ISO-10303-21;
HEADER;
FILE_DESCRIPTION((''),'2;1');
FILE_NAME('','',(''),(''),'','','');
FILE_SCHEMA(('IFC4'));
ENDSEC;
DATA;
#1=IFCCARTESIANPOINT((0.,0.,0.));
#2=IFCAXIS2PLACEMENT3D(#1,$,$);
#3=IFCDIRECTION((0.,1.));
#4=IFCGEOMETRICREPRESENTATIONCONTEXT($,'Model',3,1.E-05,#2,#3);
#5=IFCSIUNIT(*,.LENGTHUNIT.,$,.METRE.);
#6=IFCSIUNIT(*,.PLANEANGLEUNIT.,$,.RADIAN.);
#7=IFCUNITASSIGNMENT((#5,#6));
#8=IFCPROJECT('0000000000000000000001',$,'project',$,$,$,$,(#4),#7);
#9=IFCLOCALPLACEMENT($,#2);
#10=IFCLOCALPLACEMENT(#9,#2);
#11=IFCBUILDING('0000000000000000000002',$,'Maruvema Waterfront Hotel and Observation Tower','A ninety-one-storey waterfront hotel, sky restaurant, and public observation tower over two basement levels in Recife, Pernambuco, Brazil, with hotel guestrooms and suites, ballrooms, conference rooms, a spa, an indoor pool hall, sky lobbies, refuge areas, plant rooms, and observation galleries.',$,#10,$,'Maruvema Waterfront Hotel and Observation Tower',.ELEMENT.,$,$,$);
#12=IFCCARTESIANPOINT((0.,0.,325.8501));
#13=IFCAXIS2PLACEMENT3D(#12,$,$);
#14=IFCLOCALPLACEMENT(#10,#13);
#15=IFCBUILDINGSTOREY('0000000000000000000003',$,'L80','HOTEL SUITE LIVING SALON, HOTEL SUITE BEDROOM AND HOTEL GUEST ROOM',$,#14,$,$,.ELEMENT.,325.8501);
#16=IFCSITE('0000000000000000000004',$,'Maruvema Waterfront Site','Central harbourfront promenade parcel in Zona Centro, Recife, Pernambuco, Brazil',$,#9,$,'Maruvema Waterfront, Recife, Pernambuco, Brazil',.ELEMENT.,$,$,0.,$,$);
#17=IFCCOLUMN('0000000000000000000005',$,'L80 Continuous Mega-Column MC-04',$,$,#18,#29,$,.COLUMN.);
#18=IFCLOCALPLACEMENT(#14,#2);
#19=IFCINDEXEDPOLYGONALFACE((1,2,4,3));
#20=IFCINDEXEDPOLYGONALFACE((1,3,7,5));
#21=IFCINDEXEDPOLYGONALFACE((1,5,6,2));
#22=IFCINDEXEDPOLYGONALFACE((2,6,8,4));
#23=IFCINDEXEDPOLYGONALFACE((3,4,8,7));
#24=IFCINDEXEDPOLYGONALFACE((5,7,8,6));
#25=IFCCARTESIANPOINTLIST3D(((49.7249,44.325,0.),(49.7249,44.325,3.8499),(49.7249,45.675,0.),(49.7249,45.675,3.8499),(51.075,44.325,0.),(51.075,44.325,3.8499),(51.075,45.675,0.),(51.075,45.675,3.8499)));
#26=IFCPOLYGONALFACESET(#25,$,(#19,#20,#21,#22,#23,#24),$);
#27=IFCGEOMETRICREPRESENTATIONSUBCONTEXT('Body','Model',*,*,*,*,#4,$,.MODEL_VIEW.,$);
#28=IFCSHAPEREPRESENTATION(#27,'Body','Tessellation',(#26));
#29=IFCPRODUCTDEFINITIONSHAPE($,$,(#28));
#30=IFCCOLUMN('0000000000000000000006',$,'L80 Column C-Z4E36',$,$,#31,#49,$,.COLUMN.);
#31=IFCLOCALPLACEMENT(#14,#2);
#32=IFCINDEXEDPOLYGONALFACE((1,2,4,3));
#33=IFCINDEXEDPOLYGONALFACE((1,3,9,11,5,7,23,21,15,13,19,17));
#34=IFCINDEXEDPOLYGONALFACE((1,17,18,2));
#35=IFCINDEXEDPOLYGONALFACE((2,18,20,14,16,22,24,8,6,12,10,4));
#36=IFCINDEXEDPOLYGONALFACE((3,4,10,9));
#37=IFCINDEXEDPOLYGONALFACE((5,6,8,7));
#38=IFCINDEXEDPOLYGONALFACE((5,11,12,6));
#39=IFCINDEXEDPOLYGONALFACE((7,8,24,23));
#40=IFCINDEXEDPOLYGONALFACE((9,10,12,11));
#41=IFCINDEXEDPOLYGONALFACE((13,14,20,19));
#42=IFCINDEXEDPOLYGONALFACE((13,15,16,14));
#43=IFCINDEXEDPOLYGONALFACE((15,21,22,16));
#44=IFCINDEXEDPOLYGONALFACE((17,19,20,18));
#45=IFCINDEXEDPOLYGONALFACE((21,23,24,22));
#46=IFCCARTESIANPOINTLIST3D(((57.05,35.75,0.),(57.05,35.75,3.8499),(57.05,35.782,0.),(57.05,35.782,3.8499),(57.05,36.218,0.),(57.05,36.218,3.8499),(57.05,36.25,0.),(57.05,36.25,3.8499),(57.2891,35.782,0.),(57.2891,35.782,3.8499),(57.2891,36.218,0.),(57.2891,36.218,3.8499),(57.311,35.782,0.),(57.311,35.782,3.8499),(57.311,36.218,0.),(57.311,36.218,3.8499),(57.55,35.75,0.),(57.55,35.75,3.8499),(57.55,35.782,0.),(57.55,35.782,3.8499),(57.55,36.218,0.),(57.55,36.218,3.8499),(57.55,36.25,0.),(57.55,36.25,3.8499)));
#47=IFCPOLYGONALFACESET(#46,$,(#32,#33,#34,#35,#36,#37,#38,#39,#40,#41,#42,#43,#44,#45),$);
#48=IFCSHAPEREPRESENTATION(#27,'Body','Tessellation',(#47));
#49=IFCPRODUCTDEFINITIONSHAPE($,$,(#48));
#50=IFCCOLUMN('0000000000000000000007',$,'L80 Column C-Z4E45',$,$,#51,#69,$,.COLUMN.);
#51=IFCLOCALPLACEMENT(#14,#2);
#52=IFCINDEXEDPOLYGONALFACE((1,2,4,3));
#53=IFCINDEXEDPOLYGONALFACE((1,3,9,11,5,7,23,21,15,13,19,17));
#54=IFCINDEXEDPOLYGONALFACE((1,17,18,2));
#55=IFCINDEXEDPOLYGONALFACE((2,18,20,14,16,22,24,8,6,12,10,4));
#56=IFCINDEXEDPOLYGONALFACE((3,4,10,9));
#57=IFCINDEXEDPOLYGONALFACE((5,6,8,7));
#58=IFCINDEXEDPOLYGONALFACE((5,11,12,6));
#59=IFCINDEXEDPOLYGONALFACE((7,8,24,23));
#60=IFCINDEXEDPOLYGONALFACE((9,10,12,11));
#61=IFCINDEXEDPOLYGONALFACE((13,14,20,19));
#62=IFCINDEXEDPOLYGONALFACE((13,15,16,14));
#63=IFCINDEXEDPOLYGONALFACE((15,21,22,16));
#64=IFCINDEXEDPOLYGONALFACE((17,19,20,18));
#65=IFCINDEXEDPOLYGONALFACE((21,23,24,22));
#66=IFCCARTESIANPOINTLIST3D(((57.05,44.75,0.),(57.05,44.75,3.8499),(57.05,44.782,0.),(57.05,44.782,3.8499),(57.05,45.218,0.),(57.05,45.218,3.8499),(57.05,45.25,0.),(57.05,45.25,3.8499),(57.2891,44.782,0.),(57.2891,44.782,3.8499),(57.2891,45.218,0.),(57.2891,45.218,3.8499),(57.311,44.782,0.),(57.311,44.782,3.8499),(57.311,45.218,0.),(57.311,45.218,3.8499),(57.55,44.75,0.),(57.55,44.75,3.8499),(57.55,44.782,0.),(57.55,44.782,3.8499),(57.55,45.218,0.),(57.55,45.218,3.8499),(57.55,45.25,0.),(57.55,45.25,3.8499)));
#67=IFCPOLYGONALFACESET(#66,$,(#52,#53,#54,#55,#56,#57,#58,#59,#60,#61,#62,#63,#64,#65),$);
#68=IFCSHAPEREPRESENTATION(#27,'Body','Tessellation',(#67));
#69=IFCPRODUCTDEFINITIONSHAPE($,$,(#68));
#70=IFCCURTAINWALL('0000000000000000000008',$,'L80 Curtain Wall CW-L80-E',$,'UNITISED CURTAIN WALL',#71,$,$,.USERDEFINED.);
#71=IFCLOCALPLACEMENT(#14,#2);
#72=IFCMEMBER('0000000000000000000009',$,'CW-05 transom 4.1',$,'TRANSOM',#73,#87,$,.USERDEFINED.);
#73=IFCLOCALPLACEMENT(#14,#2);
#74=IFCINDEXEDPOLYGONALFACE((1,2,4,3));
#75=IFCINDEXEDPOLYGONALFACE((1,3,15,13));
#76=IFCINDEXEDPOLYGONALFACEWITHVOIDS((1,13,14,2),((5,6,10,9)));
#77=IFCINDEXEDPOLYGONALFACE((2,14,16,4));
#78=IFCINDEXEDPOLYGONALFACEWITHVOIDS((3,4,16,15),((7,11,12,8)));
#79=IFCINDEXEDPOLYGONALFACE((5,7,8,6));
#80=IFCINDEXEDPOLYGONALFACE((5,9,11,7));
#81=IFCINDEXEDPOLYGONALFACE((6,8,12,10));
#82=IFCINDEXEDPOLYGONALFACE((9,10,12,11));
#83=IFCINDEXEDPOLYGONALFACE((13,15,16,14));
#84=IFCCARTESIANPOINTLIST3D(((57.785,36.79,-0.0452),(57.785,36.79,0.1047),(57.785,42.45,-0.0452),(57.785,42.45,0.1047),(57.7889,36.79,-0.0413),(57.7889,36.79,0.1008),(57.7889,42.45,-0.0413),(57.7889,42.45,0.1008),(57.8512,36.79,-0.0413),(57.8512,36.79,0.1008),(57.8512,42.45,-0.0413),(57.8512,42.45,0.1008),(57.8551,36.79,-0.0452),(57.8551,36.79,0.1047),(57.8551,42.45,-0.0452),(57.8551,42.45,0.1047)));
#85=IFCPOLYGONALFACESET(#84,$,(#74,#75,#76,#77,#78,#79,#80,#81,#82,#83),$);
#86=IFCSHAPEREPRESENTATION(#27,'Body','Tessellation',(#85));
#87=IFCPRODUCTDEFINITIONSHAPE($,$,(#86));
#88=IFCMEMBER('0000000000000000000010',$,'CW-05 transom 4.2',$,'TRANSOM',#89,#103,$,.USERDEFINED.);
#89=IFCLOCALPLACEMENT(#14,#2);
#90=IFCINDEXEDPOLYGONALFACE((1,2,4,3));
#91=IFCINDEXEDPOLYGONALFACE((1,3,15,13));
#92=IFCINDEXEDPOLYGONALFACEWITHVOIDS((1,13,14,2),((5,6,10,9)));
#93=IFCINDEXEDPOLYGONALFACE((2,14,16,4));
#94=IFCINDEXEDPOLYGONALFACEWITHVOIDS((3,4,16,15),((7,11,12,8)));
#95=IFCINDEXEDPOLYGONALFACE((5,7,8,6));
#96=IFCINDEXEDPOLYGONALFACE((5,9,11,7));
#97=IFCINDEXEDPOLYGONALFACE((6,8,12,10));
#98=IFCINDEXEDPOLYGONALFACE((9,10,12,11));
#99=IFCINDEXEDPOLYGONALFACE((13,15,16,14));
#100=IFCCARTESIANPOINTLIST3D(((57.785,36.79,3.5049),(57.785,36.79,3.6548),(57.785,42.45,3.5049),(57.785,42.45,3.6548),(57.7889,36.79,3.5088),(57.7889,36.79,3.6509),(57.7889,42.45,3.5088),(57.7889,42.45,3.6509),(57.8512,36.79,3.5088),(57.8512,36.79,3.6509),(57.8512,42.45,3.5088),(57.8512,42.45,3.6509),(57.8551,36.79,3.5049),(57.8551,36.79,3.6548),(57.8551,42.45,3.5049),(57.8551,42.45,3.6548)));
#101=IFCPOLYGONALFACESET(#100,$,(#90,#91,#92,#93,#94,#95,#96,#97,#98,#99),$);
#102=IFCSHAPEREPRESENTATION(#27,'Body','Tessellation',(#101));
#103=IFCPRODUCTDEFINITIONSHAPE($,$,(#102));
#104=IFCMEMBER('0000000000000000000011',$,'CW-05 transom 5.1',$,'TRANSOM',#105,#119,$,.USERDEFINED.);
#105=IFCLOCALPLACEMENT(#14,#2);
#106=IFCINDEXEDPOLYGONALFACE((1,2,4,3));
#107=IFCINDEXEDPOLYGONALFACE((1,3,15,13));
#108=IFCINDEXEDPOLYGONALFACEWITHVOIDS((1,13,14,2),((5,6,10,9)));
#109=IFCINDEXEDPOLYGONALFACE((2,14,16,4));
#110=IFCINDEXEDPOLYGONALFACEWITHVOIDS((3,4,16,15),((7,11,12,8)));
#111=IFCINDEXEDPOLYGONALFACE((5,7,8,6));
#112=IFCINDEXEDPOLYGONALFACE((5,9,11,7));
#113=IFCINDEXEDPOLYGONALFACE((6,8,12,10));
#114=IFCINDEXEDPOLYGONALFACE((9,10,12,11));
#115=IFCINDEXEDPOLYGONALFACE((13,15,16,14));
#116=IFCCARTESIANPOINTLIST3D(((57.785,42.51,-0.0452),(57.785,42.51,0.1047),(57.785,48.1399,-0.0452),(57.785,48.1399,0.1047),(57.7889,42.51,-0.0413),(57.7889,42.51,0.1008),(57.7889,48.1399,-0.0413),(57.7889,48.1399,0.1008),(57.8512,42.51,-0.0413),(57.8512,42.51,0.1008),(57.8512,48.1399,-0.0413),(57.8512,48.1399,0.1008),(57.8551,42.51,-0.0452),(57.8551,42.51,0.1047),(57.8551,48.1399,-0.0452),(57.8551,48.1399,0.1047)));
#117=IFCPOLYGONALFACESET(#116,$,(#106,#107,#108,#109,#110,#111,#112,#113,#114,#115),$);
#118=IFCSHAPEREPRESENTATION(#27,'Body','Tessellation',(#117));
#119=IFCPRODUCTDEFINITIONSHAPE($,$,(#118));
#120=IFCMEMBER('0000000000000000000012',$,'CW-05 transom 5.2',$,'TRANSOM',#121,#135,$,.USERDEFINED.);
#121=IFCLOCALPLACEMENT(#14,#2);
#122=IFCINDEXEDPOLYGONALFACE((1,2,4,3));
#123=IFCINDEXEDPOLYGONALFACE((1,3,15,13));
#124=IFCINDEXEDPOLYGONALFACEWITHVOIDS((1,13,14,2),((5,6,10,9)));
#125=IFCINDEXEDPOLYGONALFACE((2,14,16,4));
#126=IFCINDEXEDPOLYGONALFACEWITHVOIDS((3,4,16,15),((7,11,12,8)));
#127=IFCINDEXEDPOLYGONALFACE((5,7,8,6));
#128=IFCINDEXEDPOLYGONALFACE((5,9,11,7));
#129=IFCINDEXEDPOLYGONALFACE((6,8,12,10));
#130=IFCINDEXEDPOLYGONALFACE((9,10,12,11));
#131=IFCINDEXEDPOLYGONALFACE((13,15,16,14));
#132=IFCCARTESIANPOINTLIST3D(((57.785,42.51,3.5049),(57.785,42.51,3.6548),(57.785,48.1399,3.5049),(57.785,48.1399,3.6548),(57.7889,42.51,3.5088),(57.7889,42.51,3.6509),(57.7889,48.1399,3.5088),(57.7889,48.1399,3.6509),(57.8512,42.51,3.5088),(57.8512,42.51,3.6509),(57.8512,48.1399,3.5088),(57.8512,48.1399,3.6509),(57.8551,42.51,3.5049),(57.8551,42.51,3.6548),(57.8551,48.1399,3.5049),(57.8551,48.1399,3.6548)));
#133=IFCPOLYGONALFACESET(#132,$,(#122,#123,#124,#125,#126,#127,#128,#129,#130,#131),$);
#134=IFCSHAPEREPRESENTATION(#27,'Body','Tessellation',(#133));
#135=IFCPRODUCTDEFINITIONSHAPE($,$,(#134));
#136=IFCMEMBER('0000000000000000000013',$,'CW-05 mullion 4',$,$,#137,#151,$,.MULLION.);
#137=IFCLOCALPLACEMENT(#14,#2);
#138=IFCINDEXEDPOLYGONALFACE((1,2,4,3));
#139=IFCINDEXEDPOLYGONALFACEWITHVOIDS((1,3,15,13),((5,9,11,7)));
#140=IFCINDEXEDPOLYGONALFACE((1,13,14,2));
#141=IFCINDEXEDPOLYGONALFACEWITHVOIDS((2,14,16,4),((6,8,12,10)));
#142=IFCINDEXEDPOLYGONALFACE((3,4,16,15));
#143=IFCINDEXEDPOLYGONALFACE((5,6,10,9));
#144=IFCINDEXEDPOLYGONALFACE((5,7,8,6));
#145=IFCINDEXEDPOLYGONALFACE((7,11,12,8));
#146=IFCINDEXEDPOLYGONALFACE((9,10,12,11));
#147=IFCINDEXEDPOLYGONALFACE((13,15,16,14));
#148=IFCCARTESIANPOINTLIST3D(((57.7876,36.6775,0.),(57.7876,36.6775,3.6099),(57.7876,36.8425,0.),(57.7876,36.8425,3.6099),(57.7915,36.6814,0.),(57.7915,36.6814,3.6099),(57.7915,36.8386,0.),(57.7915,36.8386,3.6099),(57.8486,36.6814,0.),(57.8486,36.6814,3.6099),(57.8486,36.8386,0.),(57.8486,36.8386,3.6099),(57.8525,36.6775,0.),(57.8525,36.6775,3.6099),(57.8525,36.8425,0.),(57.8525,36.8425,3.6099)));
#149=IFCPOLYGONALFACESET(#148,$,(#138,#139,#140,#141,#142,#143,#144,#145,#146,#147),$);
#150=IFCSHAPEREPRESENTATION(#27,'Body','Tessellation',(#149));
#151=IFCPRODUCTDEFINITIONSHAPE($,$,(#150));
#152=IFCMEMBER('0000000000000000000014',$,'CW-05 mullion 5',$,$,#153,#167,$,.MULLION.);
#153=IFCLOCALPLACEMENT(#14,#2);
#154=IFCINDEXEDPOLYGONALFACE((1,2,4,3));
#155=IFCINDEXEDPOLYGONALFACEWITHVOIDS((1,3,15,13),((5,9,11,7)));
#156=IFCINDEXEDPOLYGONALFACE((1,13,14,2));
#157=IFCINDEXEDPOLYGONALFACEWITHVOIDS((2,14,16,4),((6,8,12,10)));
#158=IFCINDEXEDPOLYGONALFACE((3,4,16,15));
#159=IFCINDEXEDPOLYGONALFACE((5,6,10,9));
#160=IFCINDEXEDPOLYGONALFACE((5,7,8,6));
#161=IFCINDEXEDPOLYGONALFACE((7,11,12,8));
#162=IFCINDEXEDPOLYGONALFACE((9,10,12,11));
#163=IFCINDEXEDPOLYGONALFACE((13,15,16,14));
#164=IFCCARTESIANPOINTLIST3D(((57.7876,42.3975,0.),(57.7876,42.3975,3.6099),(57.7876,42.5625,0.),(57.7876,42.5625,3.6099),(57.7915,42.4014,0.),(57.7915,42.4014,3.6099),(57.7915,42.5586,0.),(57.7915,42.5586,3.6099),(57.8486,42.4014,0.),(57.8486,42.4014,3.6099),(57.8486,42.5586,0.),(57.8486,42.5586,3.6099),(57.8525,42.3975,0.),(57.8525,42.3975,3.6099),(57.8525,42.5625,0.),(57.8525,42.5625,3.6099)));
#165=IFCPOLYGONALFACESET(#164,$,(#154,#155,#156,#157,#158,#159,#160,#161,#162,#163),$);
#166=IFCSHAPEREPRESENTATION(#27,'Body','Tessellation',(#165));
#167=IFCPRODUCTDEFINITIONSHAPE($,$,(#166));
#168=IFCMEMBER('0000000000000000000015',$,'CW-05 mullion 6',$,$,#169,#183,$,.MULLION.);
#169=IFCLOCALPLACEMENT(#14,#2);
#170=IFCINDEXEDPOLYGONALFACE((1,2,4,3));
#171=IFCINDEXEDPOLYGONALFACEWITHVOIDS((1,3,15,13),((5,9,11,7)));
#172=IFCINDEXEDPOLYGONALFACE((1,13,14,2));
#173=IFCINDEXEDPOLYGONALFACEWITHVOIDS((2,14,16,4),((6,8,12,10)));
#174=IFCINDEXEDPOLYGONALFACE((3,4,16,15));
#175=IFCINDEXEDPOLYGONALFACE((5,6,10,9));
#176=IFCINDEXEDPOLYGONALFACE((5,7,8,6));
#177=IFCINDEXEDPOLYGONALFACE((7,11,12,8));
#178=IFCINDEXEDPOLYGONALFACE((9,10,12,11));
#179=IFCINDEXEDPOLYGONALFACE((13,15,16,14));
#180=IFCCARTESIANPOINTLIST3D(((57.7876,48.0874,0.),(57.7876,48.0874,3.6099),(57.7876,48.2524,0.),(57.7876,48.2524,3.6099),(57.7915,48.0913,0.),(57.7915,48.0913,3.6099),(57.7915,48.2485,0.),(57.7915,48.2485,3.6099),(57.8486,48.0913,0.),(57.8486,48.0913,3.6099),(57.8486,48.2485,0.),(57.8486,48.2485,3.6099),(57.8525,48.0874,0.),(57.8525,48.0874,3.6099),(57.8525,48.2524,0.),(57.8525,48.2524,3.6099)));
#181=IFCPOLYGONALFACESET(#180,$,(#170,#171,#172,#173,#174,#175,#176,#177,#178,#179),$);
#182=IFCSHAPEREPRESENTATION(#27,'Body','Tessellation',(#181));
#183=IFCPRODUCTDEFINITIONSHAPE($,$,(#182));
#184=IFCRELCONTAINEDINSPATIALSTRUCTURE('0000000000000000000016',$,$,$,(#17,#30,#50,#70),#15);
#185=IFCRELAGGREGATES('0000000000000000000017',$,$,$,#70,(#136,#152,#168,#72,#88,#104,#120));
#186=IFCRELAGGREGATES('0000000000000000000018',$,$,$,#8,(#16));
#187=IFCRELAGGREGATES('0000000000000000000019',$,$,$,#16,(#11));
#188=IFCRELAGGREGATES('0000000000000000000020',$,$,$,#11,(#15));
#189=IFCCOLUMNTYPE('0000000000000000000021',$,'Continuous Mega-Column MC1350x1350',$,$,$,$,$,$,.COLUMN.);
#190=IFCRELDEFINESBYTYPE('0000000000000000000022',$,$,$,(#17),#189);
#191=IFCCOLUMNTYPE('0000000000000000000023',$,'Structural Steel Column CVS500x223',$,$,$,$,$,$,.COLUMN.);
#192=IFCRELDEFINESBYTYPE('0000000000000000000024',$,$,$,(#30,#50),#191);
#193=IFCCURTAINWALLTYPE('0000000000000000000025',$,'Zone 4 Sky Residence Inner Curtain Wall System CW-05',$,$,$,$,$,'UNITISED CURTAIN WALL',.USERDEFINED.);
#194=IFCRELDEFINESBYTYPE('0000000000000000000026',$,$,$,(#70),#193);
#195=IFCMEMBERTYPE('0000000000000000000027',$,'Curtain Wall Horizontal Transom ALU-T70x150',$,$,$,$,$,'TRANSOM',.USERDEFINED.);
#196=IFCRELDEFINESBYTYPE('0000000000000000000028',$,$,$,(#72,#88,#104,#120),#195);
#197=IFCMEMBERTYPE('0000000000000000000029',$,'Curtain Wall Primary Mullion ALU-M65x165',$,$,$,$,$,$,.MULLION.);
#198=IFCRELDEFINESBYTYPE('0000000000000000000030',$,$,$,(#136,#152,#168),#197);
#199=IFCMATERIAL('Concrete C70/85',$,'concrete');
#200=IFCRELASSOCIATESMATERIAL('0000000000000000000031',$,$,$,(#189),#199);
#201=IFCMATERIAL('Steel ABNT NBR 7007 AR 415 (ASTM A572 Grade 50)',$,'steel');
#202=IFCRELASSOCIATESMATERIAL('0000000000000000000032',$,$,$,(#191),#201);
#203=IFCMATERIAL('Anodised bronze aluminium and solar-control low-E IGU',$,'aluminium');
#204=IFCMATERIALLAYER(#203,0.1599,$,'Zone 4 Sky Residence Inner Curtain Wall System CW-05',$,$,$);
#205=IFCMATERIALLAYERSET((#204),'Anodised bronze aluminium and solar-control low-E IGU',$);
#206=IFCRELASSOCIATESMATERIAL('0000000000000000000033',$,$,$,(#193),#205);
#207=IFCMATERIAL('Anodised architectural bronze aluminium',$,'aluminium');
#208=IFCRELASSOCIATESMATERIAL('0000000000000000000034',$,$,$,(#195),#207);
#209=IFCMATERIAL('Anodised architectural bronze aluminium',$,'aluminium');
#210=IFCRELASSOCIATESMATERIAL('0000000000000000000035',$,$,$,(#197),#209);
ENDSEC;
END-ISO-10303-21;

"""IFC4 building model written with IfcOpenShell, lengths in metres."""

from ifc_helpers import new_model, si_unit, direction, frame, origin, origin_2d, place, context, subcontext, project, spatial, rectangle, hollow_rectangle, i_section, extrude, material, layer, layer_set, material_profile, profile_set, type_object, element, aggregate, save


model = new_model("IFC4")

# Units and contexts
model_context = context("Model", 3, precision=1e-05, world=origin(), true_north=direction((0.0, 1.0)))
body_context = subcontext(model_context, "Body", "Model", "MODEL_VIEW")
ifc_project = project(units=[si_unit("LENGTHUNIT", "METRE"), si_unit("PLANEANGLEUNIT", "RADIAN")], contexts=[model_context])

# Site, building, storey
site_placement = place(None, origin())
site = spatial("IfcSite", under=ifc_project, at=site_placement, Name="Maruvema Waterfront Site", Description="Central harbourfront promenade parcel in Zona Centro, Recife, Pernambuco, Brazil", LongName="Maruvema Waterfront, Recife, Pernambuco, Brazil", CompositionType="ELEMENT", RefElevation=0.0)
building_placement = place(site_placement, origin())
building = spatial("IfcBuilding", under=site, at=building_placement, Name="Maruvema Waterfront Hotel and Observation Tower", Description="A ninety-one-storey waterfront hotel, sky restaurant, and public observation tower over two basement levels in Recife, Pernambuco, Brazil, with hotel guestrooms and suites, ballrooms, conference rooms, a spa, an indoor pool hall, sky lobbies, refuge areas, plant rooms, and observation galleries.", LongName="Maruvema Waterfront Hotel and Observation Tower", CompositionType="ELEMENT")
storey_placement = place(building_placement, frame((0.0, 0.0, 325.8501)))
storey = spatial("IfcBuildingStorey", under=building, at=storey_placement, Name="L80", Description="HOTEL SUITE LIVING SALON, HOTEL SUITE BEDROOM AND HOTEL GUEST ROOM", CompositionType="ELEMENT", Elevation=325.8501)

# Columns
ifc_material_1 = material(Name="Concrete C70/85", Category="concrete")
ifc_material_profile_1 = material_profile(ifc_material_1, rectangle(XDim=1.3501, YDim=1.3501, at=origin_2d()), Name="MC1350x1350")
ifc_profile_set_1 = profile_set([ifc_material_profile_1], Name="Concrete C70/85")
column_type_1 = type_object("IfcColumnType", Name="Continuous Mega-Column MC1350x1350", PredefinedType="COLUMN", material=ifc_profile_set_1)
column_placement = place(storey_placement, frame((50.3999, 45.0, 0.0), z_axis=(0.0, 0.0, 1.0), x_axis=(1.0, 0.0, 0.0)))
element("IfcColumn", 1, at=column_placement, inside=storey, type_object=column_type_1, Name="L80 Continuous Mega-Column MC-04", PredefinedType="COLUMN", context=body_context, shape_type="SweptSolid", body=[
    extrude(rectangle(XDim=1.3501, YDim=1.3501, at=origin_2d()), origin(), (0.0, 0.0, 1.0), 3.8499),
])
ifc_material_2 = material(Name="Steel ABNT NBR 7007 AR 415 (ASTM A572 Grade 50)", Category="steel")
ifc_material_profile_2 = material_profile(ifc_material_2, i_section(OverallWidth=0.5, OverallDepth=0.5, WebThickness=0.022, FlangeThickness=0.032, at=origin_2d()), Name="CVS500x223")
ifc_profile_set_2 = profile_set([ifc_material_profile_2], Name="Steel ABNT NBR 7007 AR 415 (ASTM A572 Grade 50)")
column_type_2 = type_object("IfcColumnType", Name="Structural Steel Column CVS500x223", PredefinedType="COLUMN", material=ifc_profile_set_2)
for number, where, z_axis, x_axis, name in (
    (2, (57.3, 36.0, 0.0), (0.0, 0.0, 1.0), (1.0, 0.0, 0.0), "L80 Column C-Z4E36"),
    (3, (57.3, 45.0, 0.0), (0.0, 0.0, 1.0), (1.0, 0.0, 0.0), "L80 Column C-Z4E45"),
):
    element("IfcColumn", number, at=place(storey_placement, frame(where, z_axis=z_axis, x_axis=x_axis)), inside=storey, type_object=column_type_2, Name=name, PredefinedType="COLUMN", context=body_context, shape_type="SweptSolid", body=[
        extrude(i_section(OverallWidth=0.5, OverallDepth=0.5, WebThickness=0.022, FlangeThickness=0.032, at=origin_2d()), origin(), (0.0, 0.0, 1.0), 3.8499),
    ])

# Curtain wall, members
ifc_material_3 = material(Name="Anodised bronze aluminium and solar-control low-E IGU", Category="aluminium")
ifc_layer_1 = layer(ifc_material_3, 0.1599, Name="Zone 4 Sky Residence Inner Curtain Wall System CW-05")
ifc_layer_set_1 = layer_set([ifc_layer_1], Name="Anodised bronze aluminium and solar-control low-E IGU")
curtain_wall_type = type_object("IfcCurtainWallType", Name="Zone 4 Sky Residence Inner Curtain Wall System CW-05", ElementType="UNITISED CURTAIN WALL", PredefinedType="USERDEFINED", material=ifc_layer_set_1)
curtain_wall_placement = place(storey_placement, origin())
curtain_wall = element("IfcCurtainWall", 4, at=curtain_wall_placement, inside=storey, type_object=curtain_wall_type, Name="L80 Curtain Wall CW-L80-E", ObjectType="UNITISED CURTAIN WALL", PredefinedType="USERDEFINED")
ifc_material_4 = material(Name="Anodised architectural bronze aluminium", Category="aluminium")
ifc_material_profile_3 = material_profile(ifc_material_4, hollow_rectangle(XDim=0.0701, YDim=0.1499, WallThickness=0.0039, at=origin_2d()), Name="ALU-T70x150")
ifc_profile_set_3 = profile_set([ifc_material_profile_3], Name="Anodised architectural bronze aluminium")
member_type_1 = type_object("IfcMemberType", Name="Curtain Wall Horizontal Transom ALU-T70x150", ElementType="TRANSOM", PredefinedType="USERDEFINED", material=ifc_profile_set_3)
member_1_placement = place(storey_placement, frame((57.8201, 36.79, 0.0298), z_axis=(0.0, 1.0, 0.0), x_axis=(-1.0, 0.0, 0.0)))
member_1 = element("IfcMember", 5, at=member_1_placement, type_object=member_type_1, Name="CW-05 transom 4.1", ObjectType="TRANSOM", PredefinedType="USERDEFINED", context=body_context, shape_type="SweptSolid", body=[
    extrude(hollow_rectangle(XDim=0.0701, YDim=0.1499, WallThickness=0.0039, at=origin_2d()), origin(), (0.0, 0.0, 1.0), 5.6599),
])
member_2_placement = place(storey_placement, frame((57.8201, 36.79, 3.5798), z_axis=(0.0, 1.0, 0.0), x_axis=(-1.0, 0.0, 0.0)))
member_2 = element("IfcMember", 6, at=member_2_placement, type_object=member_type_1, Name="CW-05 transom 4.2", ObjectType="TRANSOM", PredefinedType="USERDEFINED", context=body_context, shape_type="SweptSolid", body=[
    extrude(hollow_rectangle(XDim=0.0701, YDim=0.1499, WallThickness=0.0039, at=origin_2d()), origin(), (0.0, 0.0, 1.0), 5.6599),
])
member_3_placement = place(storey_placement, frame((57.8201, 42.51, 0.0298), z_axis=(0.0, 1.0, 0.0), x_axis=(-1.0, 0.0, 0.0)))
member_3 = element("IfcMember", 7, at=member_3_placement, type_object=member_type_1, Name="CW-05 transom 5.1", ObjectType="TRANSOM", PredefinedType="USERDEFINED", context=body_context, shape_type="SweptSolid", body=[
    extrude(hollow_rectangle(XDim=0.0701, YDim=0.1499, WallThickness=0.0039, at=origin_2d()), origin(), (0.0, 0.0, 1.0), 5.6299),
])
member_4_placement = place(storey_placement, frame((57.8201, 42.51, 3.5798), z_axis=(0.0, 1.0, 0.0), x_axis=(-1.0, 0.0, 0.0)))
member_4 = element("IfcMember", 8, at=member_4_placement, type_object=member_type_1, Name="CW-05 transom 5.2", ObjectType="TRANSOM", PredefinedType="USERDEFINED", context=body_context, shape_type="SweptSolid", body=[
    extrude(hollow_rectangle(XDim=0.0701, YDim=0.1499, WallThickness=0.0039, at=origin_2d()), origin(), (0.0, 0.0, 1.0), 5.6299),
])
ifc_material_5 = material(Name="Anodised architectural bronze aluminium", Category="aluminium")
ifc_material_profile_4 = material_profile(ifc_material_5, hollow_rectangle(XDim=0.0649, YDim=0.165, WallThickness=0.0039, at=origin_2d()), Name="ALU-M65x165")
ifc_profile_set_4 = profile_set([ifc_material_profile_4], Name="Anodised architectural bronze aluminium")
member_type_2 = type_object("IfcMemberType", Name="Curtain Wall Primary Mullion ALU-M65x165", PredefinedType="MULLION", material=ifc_profile_set_4)
member_5_placement = place(storey_placement, frame((57.8201, 36.76, 0.0), z_axis=(0.0, 0.0, 1.0), x_axis=(-1.0, 0.0, 0.0)))
member_5 = element("IfcMember", 9, at=member_5_placement, type_object=member_type_2, Name="CW-05 mullion 4", PredefinedType="MULLION", context=body_context, shape_type="SweptSolid", body=[
    extrude(hollow_rectangle(XDim=0.0649, YDim=0.165, WallThickness=0.0039, at=origin_2d()), origin(), (0.0, 0.0, 1.0), 3.6099),
])
member_6_placement = place(storey_placement, frame((57.8201, 42.48, 0.0), z_axis=(0.0, 0.0, 1.0), x_axis=(-1.0, 0.0, 0.0)))
member_6 = element("IfcMember", 10, at=member_6_placement, type_object=member_type_2, Name="CW-05 mullion 5", PredefinedType="MULLION", context=body_context, shape_type="SweptSolid", body=[
    extrude(hollow_rectangle(XDim=0.0649, YDim=0.165, WallThickness=0.0039, at=origin_2d()), origin(), (0.0, 0.0, 1.0), 3.6099),
])
member_7_placement = place(storey_placement, frame((57.8201, 48.1699, 0.0), z_axis=(0.0, 0.0, 1.0), x_axis=(-1.0, 0.0, 0.0)))
member_7 = element("IfcMember", 11, at=member_7_placement, type_object=member_type_2, Name="CW-05 mullion 6", PredefinedType="MULLION", context=body_context, shape_type="SweptSolid", body=[
    extrude(hollow_rectangle(XDim=0.0649, YDim=0.165, WallThickness=0.0039, at=origin_2d()), origin(), (0.0, 0.0, 1.0), 3.6099),
])

aggregate(curtain_wall, [member_5, member_6, member_7, member_1, member_2, member_3, member_4])

save(model, "model.ifc")
